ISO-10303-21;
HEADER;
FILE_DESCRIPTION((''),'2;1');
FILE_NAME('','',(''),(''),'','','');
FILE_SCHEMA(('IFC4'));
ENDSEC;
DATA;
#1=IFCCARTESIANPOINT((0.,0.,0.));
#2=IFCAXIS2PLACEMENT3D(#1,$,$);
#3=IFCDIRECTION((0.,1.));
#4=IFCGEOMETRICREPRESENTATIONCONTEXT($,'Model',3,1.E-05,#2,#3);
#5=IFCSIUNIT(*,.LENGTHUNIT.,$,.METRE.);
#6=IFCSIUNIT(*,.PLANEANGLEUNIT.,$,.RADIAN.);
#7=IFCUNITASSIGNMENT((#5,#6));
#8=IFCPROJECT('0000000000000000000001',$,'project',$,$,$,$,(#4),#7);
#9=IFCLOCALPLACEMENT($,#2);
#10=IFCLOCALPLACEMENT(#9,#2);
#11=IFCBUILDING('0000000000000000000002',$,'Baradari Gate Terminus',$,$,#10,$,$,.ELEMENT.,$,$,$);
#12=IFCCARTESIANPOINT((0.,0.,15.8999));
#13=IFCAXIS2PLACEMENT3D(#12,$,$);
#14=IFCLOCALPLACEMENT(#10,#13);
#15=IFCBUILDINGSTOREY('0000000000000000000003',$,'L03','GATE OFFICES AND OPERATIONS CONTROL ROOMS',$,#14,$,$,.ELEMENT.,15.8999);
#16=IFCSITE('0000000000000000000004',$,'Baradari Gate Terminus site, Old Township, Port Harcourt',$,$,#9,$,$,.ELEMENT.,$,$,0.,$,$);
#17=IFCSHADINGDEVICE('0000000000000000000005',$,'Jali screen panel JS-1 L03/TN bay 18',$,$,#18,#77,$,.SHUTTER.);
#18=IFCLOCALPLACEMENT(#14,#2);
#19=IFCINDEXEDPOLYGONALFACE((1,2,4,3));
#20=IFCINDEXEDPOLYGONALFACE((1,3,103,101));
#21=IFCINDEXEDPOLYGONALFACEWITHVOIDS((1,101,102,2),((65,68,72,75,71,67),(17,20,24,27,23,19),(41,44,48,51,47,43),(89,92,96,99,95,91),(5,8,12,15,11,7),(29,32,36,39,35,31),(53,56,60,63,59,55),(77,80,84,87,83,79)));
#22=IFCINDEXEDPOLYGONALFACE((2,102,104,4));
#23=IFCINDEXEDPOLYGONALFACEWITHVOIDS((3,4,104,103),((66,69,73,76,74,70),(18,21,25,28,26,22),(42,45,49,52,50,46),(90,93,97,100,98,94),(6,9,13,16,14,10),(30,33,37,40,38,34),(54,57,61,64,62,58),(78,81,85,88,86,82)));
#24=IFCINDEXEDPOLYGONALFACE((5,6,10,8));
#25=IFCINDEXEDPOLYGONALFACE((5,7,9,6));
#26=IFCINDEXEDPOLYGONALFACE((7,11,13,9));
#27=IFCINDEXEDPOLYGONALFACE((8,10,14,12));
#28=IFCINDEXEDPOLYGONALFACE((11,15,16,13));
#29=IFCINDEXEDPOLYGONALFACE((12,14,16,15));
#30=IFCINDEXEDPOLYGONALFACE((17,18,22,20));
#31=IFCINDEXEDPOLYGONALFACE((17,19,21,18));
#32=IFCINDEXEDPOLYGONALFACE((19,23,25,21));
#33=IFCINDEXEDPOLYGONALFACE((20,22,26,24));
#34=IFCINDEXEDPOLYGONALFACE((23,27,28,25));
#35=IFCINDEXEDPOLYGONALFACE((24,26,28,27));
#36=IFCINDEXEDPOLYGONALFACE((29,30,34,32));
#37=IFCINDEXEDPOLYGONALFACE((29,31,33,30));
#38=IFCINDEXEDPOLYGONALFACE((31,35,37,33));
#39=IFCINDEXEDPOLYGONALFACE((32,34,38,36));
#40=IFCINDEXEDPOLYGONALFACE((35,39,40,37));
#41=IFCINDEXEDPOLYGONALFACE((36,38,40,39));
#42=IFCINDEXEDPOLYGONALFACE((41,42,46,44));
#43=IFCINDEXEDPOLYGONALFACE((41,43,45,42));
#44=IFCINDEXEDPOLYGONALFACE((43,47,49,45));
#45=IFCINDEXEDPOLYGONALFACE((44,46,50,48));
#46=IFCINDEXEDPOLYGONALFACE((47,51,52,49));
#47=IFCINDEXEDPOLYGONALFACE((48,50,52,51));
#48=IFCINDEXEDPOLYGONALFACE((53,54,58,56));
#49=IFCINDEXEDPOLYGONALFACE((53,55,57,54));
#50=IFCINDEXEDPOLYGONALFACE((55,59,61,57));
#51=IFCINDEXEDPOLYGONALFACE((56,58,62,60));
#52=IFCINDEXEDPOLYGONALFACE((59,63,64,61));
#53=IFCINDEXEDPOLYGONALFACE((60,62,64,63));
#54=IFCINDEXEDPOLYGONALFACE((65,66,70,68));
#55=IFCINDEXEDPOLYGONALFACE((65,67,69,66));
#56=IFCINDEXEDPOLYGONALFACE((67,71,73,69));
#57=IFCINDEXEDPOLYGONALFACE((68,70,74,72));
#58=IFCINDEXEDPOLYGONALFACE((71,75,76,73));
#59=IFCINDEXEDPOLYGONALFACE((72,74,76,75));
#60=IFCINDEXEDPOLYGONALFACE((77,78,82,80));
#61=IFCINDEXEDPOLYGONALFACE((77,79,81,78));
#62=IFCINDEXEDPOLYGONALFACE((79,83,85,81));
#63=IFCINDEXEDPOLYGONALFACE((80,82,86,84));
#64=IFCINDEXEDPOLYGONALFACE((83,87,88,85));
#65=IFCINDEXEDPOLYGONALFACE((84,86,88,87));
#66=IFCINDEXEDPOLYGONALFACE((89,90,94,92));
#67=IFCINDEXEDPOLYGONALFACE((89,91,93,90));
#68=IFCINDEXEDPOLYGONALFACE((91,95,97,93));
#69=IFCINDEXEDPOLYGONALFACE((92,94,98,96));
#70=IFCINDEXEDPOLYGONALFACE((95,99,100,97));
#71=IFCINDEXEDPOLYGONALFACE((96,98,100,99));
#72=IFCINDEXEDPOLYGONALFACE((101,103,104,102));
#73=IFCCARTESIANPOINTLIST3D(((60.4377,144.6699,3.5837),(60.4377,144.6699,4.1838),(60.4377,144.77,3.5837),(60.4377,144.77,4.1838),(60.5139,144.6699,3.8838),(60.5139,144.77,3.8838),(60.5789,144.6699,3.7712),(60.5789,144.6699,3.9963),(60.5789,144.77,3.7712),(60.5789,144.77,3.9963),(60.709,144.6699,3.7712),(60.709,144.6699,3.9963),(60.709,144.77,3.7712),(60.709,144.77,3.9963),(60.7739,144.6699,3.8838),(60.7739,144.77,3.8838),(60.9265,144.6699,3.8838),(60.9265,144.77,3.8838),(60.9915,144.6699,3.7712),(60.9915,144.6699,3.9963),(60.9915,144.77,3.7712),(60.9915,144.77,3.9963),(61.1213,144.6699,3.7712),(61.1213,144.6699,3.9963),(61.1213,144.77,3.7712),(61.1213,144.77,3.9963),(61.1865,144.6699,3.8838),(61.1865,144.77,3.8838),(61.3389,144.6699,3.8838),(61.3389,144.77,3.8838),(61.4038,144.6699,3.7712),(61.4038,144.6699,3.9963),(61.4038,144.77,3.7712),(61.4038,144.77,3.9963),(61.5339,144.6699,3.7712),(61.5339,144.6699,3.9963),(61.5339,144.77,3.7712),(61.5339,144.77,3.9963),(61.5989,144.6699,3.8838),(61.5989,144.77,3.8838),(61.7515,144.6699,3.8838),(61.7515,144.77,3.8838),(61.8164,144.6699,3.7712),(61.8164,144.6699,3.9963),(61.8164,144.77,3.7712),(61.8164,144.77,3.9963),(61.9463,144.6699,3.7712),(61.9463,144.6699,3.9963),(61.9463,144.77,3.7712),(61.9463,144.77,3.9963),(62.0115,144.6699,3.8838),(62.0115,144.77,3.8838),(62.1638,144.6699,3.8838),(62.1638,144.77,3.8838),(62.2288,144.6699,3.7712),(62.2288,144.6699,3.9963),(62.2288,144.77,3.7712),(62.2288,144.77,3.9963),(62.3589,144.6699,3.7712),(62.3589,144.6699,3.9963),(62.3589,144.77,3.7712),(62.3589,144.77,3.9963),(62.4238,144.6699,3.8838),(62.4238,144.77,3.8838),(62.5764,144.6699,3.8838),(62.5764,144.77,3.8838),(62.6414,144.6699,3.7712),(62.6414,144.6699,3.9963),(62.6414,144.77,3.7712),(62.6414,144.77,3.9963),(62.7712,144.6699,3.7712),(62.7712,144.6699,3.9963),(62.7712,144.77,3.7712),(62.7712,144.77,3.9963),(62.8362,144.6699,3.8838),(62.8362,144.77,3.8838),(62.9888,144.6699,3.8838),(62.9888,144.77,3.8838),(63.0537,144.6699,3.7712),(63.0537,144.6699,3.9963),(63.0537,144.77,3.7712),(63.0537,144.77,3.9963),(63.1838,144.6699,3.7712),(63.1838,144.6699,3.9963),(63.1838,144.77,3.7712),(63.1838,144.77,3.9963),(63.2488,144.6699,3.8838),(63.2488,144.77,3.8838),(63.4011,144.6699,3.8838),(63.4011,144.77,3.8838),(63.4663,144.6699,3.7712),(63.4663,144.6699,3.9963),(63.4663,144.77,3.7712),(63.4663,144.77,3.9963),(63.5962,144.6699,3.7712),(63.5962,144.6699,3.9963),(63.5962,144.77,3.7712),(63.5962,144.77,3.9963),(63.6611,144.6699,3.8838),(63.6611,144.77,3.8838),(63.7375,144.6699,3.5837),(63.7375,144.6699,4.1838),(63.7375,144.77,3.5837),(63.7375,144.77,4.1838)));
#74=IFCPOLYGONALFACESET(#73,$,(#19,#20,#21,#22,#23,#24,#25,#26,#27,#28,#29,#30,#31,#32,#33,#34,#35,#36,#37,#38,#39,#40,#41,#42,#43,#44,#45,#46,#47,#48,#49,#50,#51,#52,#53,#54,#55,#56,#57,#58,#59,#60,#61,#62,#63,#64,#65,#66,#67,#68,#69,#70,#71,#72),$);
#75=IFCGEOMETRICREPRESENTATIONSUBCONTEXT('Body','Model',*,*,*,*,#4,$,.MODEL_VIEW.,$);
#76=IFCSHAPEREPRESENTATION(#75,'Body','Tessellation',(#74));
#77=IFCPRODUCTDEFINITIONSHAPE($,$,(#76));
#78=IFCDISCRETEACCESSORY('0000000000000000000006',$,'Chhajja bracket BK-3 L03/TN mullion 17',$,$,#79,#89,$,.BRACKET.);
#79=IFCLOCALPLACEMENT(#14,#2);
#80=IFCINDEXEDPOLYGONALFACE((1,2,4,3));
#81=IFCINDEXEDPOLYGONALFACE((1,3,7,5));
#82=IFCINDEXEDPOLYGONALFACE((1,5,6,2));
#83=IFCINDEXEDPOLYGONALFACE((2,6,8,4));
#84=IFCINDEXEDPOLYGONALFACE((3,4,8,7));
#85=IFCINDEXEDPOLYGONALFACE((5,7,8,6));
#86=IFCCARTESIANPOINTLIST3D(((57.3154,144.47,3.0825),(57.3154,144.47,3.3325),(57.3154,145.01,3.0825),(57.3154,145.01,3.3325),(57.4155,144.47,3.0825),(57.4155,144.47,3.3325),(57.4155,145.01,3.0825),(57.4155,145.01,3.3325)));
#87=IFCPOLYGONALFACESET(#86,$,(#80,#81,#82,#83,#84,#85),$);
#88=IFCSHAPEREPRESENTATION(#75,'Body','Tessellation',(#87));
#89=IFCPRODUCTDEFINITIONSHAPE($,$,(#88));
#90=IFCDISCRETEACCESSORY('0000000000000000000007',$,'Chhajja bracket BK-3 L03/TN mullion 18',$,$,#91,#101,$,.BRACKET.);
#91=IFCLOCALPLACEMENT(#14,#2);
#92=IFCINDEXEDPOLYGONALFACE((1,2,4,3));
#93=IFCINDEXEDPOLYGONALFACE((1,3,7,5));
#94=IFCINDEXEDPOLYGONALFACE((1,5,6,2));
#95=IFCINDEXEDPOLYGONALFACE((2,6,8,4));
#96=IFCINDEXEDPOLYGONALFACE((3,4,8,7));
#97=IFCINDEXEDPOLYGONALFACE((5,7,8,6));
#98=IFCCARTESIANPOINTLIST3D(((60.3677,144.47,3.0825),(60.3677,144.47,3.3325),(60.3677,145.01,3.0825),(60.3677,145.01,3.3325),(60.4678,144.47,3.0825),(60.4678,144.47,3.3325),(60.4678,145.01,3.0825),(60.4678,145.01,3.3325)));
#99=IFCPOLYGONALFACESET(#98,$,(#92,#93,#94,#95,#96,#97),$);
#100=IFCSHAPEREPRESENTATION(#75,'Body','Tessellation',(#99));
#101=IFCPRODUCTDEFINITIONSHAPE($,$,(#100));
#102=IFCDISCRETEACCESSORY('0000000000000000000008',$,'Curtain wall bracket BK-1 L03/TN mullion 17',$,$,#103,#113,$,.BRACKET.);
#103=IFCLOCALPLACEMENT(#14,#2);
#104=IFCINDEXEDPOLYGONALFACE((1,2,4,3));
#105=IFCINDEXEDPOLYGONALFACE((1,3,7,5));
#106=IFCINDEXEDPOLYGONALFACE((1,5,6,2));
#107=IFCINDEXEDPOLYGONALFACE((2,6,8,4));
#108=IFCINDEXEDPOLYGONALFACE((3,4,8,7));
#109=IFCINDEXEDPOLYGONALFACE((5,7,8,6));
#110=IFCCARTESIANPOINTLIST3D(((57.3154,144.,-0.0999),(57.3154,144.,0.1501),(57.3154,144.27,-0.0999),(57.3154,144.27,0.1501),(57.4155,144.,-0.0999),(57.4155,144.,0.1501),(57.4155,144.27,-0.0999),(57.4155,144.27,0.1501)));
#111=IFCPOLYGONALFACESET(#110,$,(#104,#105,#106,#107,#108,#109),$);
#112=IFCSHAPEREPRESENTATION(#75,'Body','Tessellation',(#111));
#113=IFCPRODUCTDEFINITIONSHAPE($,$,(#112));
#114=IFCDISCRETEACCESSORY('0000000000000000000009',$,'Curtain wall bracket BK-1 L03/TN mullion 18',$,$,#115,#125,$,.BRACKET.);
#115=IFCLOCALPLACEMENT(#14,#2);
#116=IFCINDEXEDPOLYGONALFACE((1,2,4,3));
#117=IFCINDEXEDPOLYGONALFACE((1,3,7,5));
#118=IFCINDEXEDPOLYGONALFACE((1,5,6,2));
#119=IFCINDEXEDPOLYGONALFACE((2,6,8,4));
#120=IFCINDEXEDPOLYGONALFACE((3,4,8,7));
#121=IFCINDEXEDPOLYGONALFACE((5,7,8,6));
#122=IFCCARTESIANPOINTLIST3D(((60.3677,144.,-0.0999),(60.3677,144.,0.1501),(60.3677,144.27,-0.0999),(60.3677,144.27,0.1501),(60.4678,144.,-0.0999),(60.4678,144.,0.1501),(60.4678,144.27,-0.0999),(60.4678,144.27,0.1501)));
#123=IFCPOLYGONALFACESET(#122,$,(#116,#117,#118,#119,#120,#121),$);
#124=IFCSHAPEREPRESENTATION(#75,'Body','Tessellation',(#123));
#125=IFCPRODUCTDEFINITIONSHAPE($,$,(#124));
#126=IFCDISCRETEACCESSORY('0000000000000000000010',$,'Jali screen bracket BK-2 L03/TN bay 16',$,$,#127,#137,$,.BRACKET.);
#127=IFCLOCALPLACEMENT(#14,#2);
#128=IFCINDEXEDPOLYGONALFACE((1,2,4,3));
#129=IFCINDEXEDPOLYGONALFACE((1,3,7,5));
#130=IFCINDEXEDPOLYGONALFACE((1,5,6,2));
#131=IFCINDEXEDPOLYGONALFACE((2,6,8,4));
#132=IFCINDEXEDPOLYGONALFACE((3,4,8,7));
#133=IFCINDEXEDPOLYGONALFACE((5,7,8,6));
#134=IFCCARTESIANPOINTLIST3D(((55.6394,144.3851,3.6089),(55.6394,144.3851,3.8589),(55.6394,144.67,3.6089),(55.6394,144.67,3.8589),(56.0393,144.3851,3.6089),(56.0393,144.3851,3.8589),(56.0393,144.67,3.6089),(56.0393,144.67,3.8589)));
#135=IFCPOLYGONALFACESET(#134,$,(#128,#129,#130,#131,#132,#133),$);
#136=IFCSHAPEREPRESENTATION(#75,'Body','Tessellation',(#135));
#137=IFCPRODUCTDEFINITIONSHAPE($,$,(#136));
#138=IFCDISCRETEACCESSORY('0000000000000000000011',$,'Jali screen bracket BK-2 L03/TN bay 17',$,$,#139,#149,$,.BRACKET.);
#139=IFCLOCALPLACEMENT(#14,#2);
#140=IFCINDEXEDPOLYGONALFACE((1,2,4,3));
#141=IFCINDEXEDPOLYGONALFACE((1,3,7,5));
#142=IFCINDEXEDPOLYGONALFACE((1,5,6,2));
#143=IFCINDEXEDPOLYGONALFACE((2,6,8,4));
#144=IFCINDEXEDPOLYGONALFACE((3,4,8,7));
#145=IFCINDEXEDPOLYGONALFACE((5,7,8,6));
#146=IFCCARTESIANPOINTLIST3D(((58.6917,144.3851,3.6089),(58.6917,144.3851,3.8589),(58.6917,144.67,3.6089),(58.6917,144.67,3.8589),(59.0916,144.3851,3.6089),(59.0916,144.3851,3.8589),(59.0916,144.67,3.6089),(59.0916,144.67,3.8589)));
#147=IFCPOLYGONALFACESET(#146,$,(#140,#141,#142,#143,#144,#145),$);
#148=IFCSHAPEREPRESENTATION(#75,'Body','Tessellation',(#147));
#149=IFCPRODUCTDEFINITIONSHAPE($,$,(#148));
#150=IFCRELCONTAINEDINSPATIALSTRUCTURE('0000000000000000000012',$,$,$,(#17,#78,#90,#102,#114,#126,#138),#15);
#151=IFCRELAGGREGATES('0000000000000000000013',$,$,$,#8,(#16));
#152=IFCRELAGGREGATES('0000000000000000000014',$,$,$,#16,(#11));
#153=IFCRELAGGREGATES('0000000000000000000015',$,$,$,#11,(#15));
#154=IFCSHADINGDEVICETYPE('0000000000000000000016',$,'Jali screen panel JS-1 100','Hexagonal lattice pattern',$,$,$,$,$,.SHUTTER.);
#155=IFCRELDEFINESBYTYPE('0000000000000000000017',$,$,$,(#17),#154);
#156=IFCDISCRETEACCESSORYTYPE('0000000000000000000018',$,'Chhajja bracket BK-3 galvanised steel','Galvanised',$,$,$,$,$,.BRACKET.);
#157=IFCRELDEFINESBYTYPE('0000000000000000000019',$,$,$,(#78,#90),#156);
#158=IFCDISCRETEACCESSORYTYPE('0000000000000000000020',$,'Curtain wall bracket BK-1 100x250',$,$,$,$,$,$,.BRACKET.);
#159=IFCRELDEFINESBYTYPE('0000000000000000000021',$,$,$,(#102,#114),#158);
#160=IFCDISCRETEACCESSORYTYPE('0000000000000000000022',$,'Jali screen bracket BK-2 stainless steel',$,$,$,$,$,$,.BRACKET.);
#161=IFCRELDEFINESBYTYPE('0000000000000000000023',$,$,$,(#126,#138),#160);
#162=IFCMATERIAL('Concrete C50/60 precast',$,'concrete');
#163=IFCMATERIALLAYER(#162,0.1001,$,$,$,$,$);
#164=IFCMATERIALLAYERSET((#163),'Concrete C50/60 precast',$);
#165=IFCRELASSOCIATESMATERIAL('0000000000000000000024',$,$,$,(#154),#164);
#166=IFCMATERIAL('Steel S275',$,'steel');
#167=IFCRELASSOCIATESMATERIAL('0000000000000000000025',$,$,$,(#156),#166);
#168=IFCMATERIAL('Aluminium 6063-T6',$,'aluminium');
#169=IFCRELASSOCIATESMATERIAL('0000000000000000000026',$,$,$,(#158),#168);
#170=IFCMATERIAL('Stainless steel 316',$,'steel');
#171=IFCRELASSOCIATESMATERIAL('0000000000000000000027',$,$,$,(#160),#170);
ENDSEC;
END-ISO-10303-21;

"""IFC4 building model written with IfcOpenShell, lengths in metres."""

from ifc_helpers import new_model, si_unit, direction, frame, origin, origin_2d, place, context, subcontext, project, spatial, polyline, rectangle, outline, extrude, material, layer, layer_set, type_object, element, save


model = new_model("IFC4")

# Units and contexts
model_context = context("Model", 3, precision=1e-05, world=origin(), true_north=direction((0.0, 1.0)))
body_context = subcontext(model_context, "Body", "Model", "MODEL_VIEW")
ifc_project = project(units=[si_unit("LENGTHUNIT", "METRE"), si_unit("PLANEANGLEUNIT", "RADIAN")], contexts=[model_context])

# Site, building, storey
site_placement = place(None, origin())
site = spatial("IfcSite", under=ifc_project, at=site_placement, Name="Baradari Gate Terminus site, Old Township, Port Harcourt", CompositionType="ELEMENT", RefElevation=0.0)
building_placement = place(site_placement, origin())
building = spatial("IfcBuilding", under=site, at=building_placement, Name="Baradari Gate Terminus", CompositionType="ELEMENT")
storey_placement = place(building_placement, frame((0.0, 0.0, 15.8999)))
storey = spatial("IfcBuildingStorey", under=building, at=storey_placement, Name="L03", Description="GATE OFFICES AND OPERATIONS CONTROL ROOMS", CompositionType="ELEMENT", Elevation=15.8999)

# Shading device
ifc_material_1 = material(Name="Concrete C50/60 precast", Category="concrete")
ifc_layer_1 = layer(ifc_material_1, 0.1001)
ifc_layer_set_1 = layer_set([ifc_layer_1], Name="Concrete C50/60 precast")
shading_device_type_1 = type_object("IfcShadingDeviceType", Name="Jali screen panel JS-1 100", Description="Hexagonal lattice pattern", PredefinedType="SHUTTER", material=ifc_layer_set_1)
shading_device_1_placement = place(storey_placement, frame((60.4377, 144.72, 3.5837), z_axis=(0.0, 0.0, 1.0), x_axis=(1.0, 0.0, 0.0)))
element("IfcShadingDevice", 1, at=shading_device_1_placement, inside=storey, type_object=shading_device_type_1, Name="Jali screen panel JS-1 L03/TN bay 18", PredefinedType="SHUTTER", context=body_context, shape_type="SweptSolid", body=[
    extrude(outline(polyline([(0.0, 0.0), (3.2998, 0.0), (3.2998, 0.6001), (0.0, 0.6001), (0.0, 0.0)]), holes=[polyline([(0.3362, 0.3), (0.2712, 0.1875), (0.1411, 0.1875), (0.0762, 0.3), (0.1411, 0.4126), (0.2712, 0.4126), (0.3362, 0.3)]), polyline([(0.7488, 0.3), (0.6836, 0.1875), (0.5537, 0.1875), (0.4888, 0.3), (0.5537, 0.4126), (0.6836, 0.4126), (0.7488, 0.3)]), polyline([(1.1611, 0.3), (1.0962, 0.1875), (0.9661, 0.1875), (0.9011, 0.3), (0.9661, 0.4126), (1.0962, 0.4126), (1.1611, 0.3)]), polyline([(1.5737, 0.3), (1.5085, 0.1875), (1.3787, 0.1875), (1.3137, 0.3), (1.3787, 0.4126), (1.5085, 0.4126), (1.5737, 0.3)]), polyline([(1.9861, 0.3), (1.9211, 0.1875), (1.791, 0.1875), (1.7261, 0.3), (1.791, 0.4126), (1.9211, 0.4126), (1.9861, 0.3)]), polyline([(2.3984, 0.3), (2.3335, 0.1875), (2.2036, 0.1875), (2.1387, 0.3), (2.2036, 0.4126), (2.3335, 0.4126), (2.3984, 0.3)]), polyline([(2.811, 0.3), (2.7461, 0.1875), (2.616, 0.1875), (2.551, 0.3), (2.616, 0.4126), (2.7461, 0.4126), (2.811, 0.3)]), polyline([(3.2234, 0.3), (3.1584, 0.1875), (3.0286, 0.1875), (2.9634, 0.3), (3.0286, 0.4126), (3.1584, 0.4126), (3.2234, 0.3)])]), frame((0.0, 0.05, 0.0), z_axis=(0.0, -1.0, 0.0), x_axis=(1.0, 0.0, 0.0)), (0.0, 0.0, 1.0), 0.1001),
])

# Discrete accessories
ifc_material_2 = material(Name="Steel S275", Category="steel")
discrete_accessory_type_1 = type_object("IfcDiscreteAccessoryType", Name="Chhajja bracket BK-3 galvanised steel", Description="Galvanised", PredefinedType="BRACKET", material=ifc_material_2)
for number, where, z_axis, x_axis, name in (
    (2, (57.3655, 144.74, 3.0825), (0.0, 0.0, 1.0), (0.0, 1.0, 0.0), "Chhajja bracket BK-3 L03/TN mullion 17"),
    (3, (60.4177, 144.74, 3.0825), (0.0, 0.0, 1.0), (0.0, 1.0, 0.0), "Chhajja bracket BK-3 L03/TN mullion 18"),
):
    element("IfcDiscreteAccessory", number, at=place(storey_placement, frame(where, z_axis=z_axis, x_axis=x_axis)), inside=storey, type_object=discrete_accessory_type_1, Name=name, PredefinedType="BRACKET", context=body_context, shape_type="SweptSolid", body=[
        extrude(rectangle(XDim=0.54, YDim=0.1001, at=origin_2d()), origin(), (0.0, 0.0, 1.0), 0.25),
    ])
ifc_material_3 = material(Name="Aluminium 6063-T6", Category="aluminium")
discrete_accessory_type_2 = type_object("IfcDiscreteAccessoryType", Name="Curtain wall bracket BK-1 100x250", PredefinedType="BRACKET", material=ifc_material_3)
for number, where, z_axis, x_axis, name in (
    (4, (57.3655, 144.135, -0.0999), (0.0, 0.0, 1.0), (0.0, 1.0, 0.0), "Curtain wall bracket BK-1 L03/TN mullion 17"),
    (5, (60.4177, 144.135, -0.0999), (0.0, 0.0, 1.0), (0.0, 1.0, 0.0), "Curtain wall bracket BK-1 L03/TN mullion 18"),
):
    element("IfcDiscreteAccessory", number, at=place(storey_placement, frame(where, z_axis=z_axis, x_axis=x_axis)), inside=storey, type_object=discrete_accessory_type_2, Name=name, PredefinedType="BRACKET", context=body_context, shape_type="SweptSolid", body=[
        extrude(rectangle(XDim=0.27, YDim=0.1001, at=origin_2d()), origin(), (0.0, 0.0, 1.0), 0.25),
    ])
ifc_material_4 = material(Name="Stainless steel 316", Category="steel")
discrete_accessory_type_3 = type_object("IfcDiscreteAccessoryType", Name="Jali screen bracket BK-2 stainless steel", PredefinedType="BRACKET", material=ifc_material_4)
for number, where, z_axis, x_axis, name in (
    (6, (55.8394, 144.5276, 3.6089), (0.0, 0.0, 1.0), (0.0, 1.0, 0.0), "Jali screen bracket BK-2 L03/TN bay 16"),
    (7, (58.8916, 144.5276, 3.6089), (0.0, 0.0, 1.0), (0.0, 1.0, 0.0), "Jali screen bracket BK-2 L03/TN bay 17"),
):
    element("IfcDiscreteAccessory", number, at=place(storey_placement, frame(where, z_axis=z_axis, x_axis=x_axis)), inside=storey, type_object=discrete_accessory_type_3, Name=name, PredefinedType="BRACKET", context=body_context, shape_type="SweptSolid", body=[
        extrude(rectangle(XDim=0.2849, YDim=0.3999, at=origin_2d()), origin(), (0.0, 0.0, 1.0), 0.25),
    ])

save(model, "model.ifc")
